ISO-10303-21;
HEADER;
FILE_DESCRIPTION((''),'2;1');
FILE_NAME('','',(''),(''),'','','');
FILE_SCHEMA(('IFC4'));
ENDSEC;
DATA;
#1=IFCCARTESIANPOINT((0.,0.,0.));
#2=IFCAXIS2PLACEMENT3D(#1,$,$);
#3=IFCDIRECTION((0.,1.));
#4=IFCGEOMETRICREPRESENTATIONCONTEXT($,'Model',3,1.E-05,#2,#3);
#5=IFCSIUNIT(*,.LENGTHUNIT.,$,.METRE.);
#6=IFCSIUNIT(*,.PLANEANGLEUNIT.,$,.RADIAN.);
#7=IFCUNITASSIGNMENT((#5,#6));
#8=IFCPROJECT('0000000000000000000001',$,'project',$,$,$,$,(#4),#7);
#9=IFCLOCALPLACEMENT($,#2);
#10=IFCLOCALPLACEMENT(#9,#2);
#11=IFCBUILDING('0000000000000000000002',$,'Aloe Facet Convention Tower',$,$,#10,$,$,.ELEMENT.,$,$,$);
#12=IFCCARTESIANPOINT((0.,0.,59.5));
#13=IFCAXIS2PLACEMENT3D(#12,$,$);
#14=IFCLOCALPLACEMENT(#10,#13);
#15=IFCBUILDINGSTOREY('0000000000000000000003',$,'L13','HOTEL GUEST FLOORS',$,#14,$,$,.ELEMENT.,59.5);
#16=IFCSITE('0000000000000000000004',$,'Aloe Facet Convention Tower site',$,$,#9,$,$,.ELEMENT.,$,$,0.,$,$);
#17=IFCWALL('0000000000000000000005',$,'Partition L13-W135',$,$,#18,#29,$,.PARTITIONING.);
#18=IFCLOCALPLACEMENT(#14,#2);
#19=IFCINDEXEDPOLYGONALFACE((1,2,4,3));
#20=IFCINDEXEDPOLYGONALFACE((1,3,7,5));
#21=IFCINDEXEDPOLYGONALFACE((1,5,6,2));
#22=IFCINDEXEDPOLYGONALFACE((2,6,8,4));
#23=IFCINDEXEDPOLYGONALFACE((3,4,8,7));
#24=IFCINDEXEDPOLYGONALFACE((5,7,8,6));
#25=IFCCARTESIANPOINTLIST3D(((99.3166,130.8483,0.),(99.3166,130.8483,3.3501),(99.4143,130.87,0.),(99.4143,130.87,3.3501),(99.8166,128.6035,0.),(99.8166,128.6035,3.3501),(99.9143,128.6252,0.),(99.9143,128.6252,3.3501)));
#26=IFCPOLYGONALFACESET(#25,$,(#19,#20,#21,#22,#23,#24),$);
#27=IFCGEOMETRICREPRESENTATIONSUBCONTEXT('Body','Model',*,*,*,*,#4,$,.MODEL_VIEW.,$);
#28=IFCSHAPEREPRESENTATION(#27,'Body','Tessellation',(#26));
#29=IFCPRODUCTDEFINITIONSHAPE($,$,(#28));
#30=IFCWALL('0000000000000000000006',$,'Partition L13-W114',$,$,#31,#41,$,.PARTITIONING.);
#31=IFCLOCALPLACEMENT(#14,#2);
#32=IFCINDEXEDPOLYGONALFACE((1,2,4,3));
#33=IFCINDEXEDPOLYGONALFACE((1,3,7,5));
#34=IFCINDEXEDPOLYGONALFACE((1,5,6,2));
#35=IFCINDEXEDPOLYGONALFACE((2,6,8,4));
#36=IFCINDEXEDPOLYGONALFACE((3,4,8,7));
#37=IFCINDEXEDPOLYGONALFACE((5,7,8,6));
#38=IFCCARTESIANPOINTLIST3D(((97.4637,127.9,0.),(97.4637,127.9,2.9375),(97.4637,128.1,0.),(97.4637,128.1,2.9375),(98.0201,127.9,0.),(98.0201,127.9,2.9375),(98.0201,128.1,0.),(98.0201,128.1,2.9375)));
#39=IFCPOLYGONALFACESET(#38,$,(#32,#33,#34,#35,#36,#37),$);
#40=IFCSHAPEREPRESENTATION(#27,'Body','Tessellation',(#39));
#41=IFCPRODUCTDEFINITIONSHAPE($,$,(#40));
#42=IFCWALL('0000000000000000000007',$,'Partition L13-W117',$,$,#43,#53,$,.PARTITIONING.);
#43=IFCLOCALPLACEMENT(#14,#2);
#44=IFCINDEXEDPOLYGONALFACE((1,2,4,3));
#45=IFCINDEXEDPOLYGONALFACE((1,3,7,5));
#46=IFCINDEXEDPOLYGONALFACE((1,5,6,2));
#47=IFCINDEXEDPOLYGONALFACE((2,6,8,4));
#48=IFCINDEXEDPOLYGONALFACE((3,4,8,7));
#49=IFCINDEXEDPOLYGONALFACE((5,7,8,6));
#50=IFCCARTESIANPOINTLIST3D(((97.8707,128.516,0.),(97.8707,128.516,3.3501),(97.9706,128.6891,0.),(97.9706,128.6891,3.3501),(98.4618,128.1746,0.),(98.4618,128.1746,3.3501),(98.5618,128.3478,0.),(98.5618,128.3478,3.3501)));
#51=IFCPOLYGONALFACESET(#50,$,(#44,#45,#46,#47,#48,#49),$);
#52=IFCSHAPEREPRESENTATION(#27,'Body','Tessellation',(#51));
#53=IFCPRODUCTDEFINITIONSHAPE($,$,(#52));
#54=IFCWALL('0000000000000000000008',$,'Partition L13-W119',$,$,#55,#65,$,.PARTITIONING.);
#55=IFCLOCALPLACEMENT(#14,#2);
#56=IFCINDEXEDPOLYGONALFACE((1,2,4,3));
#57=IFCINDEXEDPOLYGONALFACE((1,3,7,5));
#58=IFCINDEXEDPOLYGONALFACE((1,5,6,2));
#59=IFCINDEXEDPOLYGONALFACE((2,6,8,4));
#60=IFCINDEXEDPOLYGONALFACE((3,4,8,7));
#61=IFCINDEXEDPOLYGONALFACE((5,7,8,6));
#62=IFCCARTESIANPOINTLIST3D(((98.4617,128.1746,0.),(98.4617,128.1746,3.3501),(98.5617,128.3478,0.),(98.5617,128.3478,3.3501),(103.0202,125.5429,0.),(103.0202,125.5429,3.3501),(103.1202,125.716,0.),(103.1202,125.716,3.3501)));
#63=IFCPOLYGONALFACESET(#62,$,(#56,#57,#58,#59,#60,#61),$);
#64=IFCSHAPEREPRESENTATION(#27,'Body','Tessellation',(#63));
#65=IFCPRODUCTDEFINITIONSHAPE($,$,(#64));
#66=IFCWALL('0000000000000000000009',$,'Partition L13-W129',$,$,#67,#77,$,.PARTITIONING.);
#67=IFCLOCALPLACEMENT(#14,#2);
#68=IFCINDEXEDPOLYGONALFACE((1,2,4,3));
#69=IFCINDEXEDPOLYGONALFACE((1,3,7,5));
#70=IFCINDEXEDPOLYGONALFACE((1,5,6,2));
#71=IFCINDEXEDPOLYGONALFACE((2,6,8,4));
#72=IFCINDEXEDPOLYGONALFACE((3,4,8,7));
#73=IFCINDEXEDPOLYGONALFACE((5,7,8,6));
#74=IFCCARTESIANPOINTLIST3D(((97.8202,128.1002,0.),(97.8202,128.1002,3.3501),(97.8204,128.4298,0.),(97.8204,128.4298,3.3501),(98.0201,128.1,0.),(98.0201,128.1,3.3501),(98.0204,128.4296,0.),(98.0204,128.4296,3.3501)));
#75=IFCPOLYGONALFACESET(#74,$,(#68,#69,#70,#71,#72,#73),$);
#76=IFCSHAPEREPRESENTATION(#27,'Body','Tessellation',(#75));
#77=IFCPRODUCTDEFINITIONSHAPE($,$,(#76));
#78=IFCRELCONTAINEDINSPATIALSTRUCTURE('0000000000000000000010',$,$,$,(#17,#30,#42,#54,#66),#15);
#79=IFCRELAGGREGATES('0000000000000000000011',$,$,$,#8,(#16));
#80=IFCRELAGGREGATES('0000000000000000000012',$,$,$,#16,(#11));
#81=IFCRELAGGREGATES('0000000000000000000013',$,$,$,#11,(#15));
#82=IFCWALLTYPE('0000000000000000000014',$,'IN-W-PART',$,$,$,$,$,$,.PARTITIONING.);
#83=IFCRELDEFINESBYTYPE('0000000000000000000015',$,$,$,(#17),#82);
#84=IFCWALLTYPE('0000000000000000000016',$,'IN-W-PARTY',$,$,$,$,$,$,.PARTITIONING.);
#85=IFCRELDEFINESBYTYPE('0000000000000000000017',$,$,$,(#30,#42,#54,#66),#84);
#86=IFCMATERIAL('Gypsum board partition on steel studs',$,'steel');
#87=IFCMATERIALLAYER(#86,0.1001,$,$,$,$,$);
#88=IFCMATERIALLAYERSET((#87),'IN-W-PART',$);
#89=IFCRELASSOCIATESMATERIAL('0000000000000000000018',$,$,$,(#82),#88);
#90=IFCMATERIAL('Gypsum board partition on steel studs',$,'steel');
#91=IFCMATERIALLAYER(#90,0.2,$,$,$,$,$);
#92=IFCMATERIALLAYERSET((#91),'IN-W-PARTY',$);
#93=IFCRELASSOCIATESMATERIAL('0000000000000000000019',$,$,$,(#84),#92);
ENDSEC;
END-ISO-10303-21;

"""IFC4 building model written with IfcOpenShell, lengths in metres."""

from ifc_helpers import new_model, si_unit, direction, frame, frame_2d, origin, place, context, subcontext, project, spatial, rectangle, extrude, material, layer, layer_set, type_object, element, save


model = new_model("IFC4")

# Units and contexts
model_context = context("Model", 3, precision=1e-05, world=origin(), true_north=direction((0.0, 1.0)))
body_context = subcontext(model_context, "Body", "Model", "MODEL_VIEW")
ifc_project = project(units=[si_unit("LENGTHUNIT", "METRE"), si_unit("PLANEANGLEUNIT", "RADIAN")], contexts=[model_context])

# Site, building, storey
site_placement = place(None, origin())
site = spatial("IfcSite", under=ifc_project, at=site_placement, Name="Aloe Facet Convention Tower site", CompositionType="ELEMENT", RefElevation=0.0)
building_placement = place(site_placement, origin())
building = spatial("IfcBuilding", under=site, at=building_placement, Name="Aloe Facet Convention Tower", CompositionType="ELEMENT")
storey_placement = place(building_placement, frame((0.0, 0.0, 59.5)))
storey = spatial("IfcBuildingStorey", under=building, at=storey_placement, Name="L13", Description="HOTEL GUEST FLOORS", CompositionType="ELEMENT", Elevation=59.5)

# Shared definitions
ifc_material_1 = material(Name="Gypsum board partition on steel studs", Category="steel")
ifc_layer_1 = layer(ifc_material_1, 0.1001)
ifc_layer_set_1 = layer_set([ifc_layer_1], Name="IN-W-PART")
wall_type_1 = type_object("IfcWallType", Name="IN-W-PART", PredefinedType="PARTITIONING", material=ifc_layer_set_1)

# Walls
wall_1_placement = place(storey_placement, frame((99.3655, 130.8591, 0.0), z_axis=(0.0, 0.0, 1.0), x_axis=(0.217403, -0.976082, 0.0)))
element("IfcWall", 1, at=wall_1_placement, inside=storey, type_object=wall_type_1, Name="Partition L13-W135", PredefinedType="PARTITIONING", context=body_context, shape_type="SweptSolid", body=[
    extrude(rectangle(XDim=2.2998, YDim=0.1001, at=frame_2d((1.1499, 0.0))), origin(), (0.0, 0.0, 1.0), 3.3501),
])
ifc_material_2 = material(Name="Gypsum board partition on steel studs", Category="steel")
ifc_layer_2 = layer(ifc_material_2, 0.2)
ifc_layer_set_2 = layer_set([ifc_layer_2], Name="IN-W-PARTY")
wall_type_2 = type_object("IfcWallType", Name="IN-W-PARTY", PredefinedType="PARTITIONING", material=ifc_layer_set_2)
wall_2_placement = place(storey_placement, frame((97.4636, 128.0, 0.0), z_axis=(0.0, 0.0, 1.0), x_axis=(1.0, 0.0, 0.0)))
element("IfcWall", 2, at=wall_2_placement, inside=storey, type_object=wall_type_2, Name="Partition L13-W114", PredefinedType="PARTITIONING", context=body_context, shape_type="SweptSolid", body=[
    extrude(rectangle(XDim=0.5564, YDim=0.2, at=frame_2d((0.2783, 0.0))), origin(), (0.0, 0.0, 1.0), 2.9375),
])
wall_3_placement = place(storey_placement, frame((97.9207, 128.6025, 0.0), z_axis=(0.0, 0.0, 1.0), x_axis=(0.865989, -0.500063, 0.0)))
element("IfcWall", 3, at=wall_3_placement, inside=storey, type_object=wall_type_2, Name="Partition L13-W117", PredefinedType="PARTITIONING", context=body_context, shape_type="SweptSolid", body=[
    extrude(rectangle(XDim=0.6826, YDim=0.2, at=frame_2d((0.3413, 0.0))), origin(), (0.0, 0.0, 1.0), 3.3501),
])
wall_4_placement = place(storey_placement, frame((98.5117, 128.2612, 0.0), z_axis=(0.0, 0.0, 1.0), x_axis=(0.866031, -0.49999, 0.0)))
element("IfcWall", 4, at=wall_4_placement, inside=storey, type_object=wall_type_2, Name="Partition L13-W119", PredefinedType="PARTITIONING", context=body_context, shape_type="SweptSolid", body=[
    extrude(rectangle(XDim=5.2637, YDim=0.2, at=frame_2d((2.6318, 0.0))), origin(), (0.0, 0.0, 1.0), 3.3501),
])
wall_5_placement = place(storey_placement, frame((97.9202, 128.1001, 0.0), z_axis=(0.0, 0.0, 1.0), x_axis=(0.000741, 1.0, 0.0)))
element("IfcWall", 5, at=wall_5_placement, inside=storey, type_object=wall_type_2, Name="Partition L13-W129", PredefinedType="PARTITIONING", context=body_context, shape_type="SweptSolid", body=[
    extrude(rectangle(XDim=0.3296, YDim=0.2, at=frame_2d((0.1648, 0.0))), origin(), (0.0, 0.0, 1.0), 3.3501),
])

save(model, "model.ifc")
